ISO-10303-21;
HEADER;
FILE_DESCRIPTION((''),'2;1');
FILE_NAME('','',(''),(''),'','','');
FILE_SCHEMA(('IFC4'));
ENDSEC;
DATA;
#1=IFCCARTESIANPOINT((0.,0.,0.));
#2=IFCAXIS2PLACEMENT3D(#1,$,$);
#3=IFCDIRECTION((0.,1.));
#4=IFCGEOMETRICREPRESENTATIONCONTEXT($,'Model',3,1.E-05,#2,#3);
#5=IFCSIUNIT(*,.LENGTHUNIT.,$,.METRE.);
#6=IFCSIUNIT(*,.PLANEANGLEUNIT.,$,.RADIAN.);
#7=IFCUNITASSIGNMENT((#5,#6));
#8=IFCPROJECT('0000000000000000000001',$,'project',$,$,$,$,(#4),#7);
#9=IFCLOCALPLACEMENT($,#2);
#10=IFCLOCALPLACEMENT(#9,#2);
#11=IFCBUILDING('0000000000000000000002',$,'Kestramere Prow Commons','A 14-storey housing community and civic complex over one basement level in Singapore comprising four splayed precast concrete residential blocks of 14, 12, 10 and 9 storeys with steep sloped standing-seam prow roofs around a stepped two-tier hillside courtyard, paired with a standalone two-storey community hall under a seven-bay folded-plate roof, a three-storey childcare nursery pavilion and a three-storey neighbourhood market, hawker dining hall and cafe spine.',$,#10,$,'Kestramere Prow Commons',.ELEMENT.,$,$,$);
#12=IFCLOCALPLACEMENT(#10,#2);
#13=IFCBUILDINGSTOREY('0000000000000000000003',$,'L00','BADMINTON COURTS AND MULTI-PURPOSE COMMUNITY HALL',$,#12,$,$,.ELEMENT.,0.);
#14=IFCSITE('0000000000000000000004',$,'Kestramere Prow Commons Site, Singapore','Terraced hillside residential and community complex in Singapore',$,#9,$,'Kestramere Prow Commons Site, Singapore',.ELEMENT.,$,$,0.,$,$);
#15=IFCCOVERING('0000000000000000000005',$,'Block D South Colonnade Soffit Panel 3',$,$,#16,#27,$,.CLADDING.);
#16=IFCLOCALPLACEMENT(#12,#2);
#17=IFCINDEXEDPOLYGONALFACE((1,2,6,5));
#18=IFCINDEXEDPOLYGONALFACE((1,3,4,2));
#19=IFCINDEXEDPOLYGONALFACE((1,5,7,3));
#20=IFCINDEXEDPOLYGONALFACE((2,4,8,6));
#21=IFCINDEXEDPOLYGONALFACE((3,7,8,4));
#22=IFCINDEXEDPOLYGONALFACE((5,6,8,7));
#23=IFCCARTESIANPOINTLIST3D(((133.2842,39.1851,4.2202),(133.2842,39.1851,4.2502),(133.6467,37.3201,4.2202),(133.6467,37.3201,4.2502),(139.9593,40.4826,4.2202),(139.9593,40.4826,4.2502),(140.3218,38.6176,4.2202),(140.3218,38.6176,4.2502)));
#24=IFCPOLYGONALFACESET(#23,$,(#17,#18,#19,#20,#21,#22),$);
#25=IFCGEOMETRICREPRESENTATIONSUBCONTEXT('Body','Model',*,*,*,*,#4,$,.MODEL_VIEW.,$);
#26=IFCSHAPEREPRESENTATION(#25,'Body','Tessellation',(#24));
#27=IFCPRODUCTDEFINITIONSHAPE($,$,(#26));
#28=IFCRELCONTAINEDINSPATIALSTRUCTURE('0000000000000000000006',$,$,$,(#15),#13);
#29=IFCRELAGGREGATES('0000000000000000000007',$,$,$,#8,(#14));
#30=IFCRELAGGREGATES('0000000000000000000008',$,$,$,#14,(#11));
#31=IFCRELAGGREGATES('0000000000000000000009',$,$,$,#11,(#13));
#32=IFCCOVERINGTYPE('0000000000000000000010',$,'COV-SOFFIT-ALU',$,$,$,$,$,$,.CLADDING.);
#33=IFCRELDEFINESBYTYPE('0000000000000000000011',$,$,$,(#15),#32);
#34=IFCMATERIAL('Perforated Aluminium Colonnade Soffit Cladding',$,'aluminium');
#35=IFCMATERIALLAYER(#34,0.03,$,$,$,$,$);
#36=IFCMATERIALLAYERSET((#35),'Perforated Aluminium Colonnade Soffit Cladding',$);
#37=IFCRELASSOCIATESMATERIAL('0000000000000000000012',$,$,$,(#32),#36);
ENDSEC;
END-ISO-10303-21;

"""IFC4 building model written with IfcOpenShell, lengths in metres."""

from ifc_helpers import new_model, si_unit, direction, frame, origin, origin_2d, place, context, subcontext, project, spatial, rectangle, extrude, material, layer, layer_set, type_object, element, save


model = new_model("IFC4")

# Units and contexts
model_context = context("Model", 3, precision=1e-05, world=origin(), true_north=direction((0.0, 1.0)))
body_context = subcontext(model_context, "Body", "Model", "MODEL_VIEW")
ifc_project = project(units=[si_unit("LENGTHUNIT", "METRE"), si_unit("PLANEANGLEUNIT", "RADIAN")], contexts=[model_context])

# Site, building, storey
site_placement = place(None, origin())
site = spatial("IfcSite", under=ifc_project, at=site_placement, Name="Kestramere Prow Commons Site, Singapore", Description="Terraced hillside residential and community complex in Singapore", LongName="Kestramere Prow Commons Site, Singapore", CompositionType="ELEMENT", RefElevation=0.0)
building_placement = place(site_placement, origin())
building = spatial("IfcBuilding", under=site, at=building_placement, Name="Kestramere Prow Commons", Description="A 14-storey housing community and civic complex over one basement level in Singapore comprising four splayed precast concrete residential blocks of 14, 12, 10 and 9 storeys with steep sloped standing-seam prow roofs around a stepped two-tier hillside courtyard, paired with a standalone two-storey community hall under a seven-bay folded-plate roof, a three-storey childcare nursery pavilion and a three-storey neighbourhood market, hawker dining hall and cafe spine.", LongName="Kestramere Prow Commons", CompositionType="ELEMENT")
storey_placement = place(building_placement, origin())
storey = spatial("IfcBuildingStorey", under=building, at=storey_placement, Name="L00", Description="BADMINTON COURTS AND MULTI-PURPOSE COMMUNITY HALL", CompositionType="ELEMENT", Elevation=0.0)

# Covering
ifc_material_1 = material(Name="Perforated Aluminium Colonnade Soffit Cladding", Category="aluminium")
ifc_layer_1 = layer(ifc_material_1, 0.03)
ifc_layer_set_1 = layer_set([ifc_layer_1], Name="Perforated Aluminium Colonnade Soffit Cladding")
covering_type = type_object("IfcCoveringType", Name="COV-SOFFIT-ALU", PredefinedType="CLADDING", material=ifc_layer_set_1)
covering_placement = place(storey_placement, frame((136.803, 38.9014, 4.2202), z_axis=(0.0, 0.0, 1.0), x_axis=(0.981627, 0.190809, 0.0)))
element("IfcCovering", 1, at=covering_placement, inside=storey, type_object=covering_type, Name="Block D South Colonnade Soffit Panel 3", PredefinedType="CLADDING", context=body_context, shape_type="SweptSolid", body=[
    extrude(rectangle(XDim=6.8, YDim=1.8999, at=origin_2d()), origin(), (0.0, 0.0, 1.0), 0.03),
])

save(model, "model.ifc")
